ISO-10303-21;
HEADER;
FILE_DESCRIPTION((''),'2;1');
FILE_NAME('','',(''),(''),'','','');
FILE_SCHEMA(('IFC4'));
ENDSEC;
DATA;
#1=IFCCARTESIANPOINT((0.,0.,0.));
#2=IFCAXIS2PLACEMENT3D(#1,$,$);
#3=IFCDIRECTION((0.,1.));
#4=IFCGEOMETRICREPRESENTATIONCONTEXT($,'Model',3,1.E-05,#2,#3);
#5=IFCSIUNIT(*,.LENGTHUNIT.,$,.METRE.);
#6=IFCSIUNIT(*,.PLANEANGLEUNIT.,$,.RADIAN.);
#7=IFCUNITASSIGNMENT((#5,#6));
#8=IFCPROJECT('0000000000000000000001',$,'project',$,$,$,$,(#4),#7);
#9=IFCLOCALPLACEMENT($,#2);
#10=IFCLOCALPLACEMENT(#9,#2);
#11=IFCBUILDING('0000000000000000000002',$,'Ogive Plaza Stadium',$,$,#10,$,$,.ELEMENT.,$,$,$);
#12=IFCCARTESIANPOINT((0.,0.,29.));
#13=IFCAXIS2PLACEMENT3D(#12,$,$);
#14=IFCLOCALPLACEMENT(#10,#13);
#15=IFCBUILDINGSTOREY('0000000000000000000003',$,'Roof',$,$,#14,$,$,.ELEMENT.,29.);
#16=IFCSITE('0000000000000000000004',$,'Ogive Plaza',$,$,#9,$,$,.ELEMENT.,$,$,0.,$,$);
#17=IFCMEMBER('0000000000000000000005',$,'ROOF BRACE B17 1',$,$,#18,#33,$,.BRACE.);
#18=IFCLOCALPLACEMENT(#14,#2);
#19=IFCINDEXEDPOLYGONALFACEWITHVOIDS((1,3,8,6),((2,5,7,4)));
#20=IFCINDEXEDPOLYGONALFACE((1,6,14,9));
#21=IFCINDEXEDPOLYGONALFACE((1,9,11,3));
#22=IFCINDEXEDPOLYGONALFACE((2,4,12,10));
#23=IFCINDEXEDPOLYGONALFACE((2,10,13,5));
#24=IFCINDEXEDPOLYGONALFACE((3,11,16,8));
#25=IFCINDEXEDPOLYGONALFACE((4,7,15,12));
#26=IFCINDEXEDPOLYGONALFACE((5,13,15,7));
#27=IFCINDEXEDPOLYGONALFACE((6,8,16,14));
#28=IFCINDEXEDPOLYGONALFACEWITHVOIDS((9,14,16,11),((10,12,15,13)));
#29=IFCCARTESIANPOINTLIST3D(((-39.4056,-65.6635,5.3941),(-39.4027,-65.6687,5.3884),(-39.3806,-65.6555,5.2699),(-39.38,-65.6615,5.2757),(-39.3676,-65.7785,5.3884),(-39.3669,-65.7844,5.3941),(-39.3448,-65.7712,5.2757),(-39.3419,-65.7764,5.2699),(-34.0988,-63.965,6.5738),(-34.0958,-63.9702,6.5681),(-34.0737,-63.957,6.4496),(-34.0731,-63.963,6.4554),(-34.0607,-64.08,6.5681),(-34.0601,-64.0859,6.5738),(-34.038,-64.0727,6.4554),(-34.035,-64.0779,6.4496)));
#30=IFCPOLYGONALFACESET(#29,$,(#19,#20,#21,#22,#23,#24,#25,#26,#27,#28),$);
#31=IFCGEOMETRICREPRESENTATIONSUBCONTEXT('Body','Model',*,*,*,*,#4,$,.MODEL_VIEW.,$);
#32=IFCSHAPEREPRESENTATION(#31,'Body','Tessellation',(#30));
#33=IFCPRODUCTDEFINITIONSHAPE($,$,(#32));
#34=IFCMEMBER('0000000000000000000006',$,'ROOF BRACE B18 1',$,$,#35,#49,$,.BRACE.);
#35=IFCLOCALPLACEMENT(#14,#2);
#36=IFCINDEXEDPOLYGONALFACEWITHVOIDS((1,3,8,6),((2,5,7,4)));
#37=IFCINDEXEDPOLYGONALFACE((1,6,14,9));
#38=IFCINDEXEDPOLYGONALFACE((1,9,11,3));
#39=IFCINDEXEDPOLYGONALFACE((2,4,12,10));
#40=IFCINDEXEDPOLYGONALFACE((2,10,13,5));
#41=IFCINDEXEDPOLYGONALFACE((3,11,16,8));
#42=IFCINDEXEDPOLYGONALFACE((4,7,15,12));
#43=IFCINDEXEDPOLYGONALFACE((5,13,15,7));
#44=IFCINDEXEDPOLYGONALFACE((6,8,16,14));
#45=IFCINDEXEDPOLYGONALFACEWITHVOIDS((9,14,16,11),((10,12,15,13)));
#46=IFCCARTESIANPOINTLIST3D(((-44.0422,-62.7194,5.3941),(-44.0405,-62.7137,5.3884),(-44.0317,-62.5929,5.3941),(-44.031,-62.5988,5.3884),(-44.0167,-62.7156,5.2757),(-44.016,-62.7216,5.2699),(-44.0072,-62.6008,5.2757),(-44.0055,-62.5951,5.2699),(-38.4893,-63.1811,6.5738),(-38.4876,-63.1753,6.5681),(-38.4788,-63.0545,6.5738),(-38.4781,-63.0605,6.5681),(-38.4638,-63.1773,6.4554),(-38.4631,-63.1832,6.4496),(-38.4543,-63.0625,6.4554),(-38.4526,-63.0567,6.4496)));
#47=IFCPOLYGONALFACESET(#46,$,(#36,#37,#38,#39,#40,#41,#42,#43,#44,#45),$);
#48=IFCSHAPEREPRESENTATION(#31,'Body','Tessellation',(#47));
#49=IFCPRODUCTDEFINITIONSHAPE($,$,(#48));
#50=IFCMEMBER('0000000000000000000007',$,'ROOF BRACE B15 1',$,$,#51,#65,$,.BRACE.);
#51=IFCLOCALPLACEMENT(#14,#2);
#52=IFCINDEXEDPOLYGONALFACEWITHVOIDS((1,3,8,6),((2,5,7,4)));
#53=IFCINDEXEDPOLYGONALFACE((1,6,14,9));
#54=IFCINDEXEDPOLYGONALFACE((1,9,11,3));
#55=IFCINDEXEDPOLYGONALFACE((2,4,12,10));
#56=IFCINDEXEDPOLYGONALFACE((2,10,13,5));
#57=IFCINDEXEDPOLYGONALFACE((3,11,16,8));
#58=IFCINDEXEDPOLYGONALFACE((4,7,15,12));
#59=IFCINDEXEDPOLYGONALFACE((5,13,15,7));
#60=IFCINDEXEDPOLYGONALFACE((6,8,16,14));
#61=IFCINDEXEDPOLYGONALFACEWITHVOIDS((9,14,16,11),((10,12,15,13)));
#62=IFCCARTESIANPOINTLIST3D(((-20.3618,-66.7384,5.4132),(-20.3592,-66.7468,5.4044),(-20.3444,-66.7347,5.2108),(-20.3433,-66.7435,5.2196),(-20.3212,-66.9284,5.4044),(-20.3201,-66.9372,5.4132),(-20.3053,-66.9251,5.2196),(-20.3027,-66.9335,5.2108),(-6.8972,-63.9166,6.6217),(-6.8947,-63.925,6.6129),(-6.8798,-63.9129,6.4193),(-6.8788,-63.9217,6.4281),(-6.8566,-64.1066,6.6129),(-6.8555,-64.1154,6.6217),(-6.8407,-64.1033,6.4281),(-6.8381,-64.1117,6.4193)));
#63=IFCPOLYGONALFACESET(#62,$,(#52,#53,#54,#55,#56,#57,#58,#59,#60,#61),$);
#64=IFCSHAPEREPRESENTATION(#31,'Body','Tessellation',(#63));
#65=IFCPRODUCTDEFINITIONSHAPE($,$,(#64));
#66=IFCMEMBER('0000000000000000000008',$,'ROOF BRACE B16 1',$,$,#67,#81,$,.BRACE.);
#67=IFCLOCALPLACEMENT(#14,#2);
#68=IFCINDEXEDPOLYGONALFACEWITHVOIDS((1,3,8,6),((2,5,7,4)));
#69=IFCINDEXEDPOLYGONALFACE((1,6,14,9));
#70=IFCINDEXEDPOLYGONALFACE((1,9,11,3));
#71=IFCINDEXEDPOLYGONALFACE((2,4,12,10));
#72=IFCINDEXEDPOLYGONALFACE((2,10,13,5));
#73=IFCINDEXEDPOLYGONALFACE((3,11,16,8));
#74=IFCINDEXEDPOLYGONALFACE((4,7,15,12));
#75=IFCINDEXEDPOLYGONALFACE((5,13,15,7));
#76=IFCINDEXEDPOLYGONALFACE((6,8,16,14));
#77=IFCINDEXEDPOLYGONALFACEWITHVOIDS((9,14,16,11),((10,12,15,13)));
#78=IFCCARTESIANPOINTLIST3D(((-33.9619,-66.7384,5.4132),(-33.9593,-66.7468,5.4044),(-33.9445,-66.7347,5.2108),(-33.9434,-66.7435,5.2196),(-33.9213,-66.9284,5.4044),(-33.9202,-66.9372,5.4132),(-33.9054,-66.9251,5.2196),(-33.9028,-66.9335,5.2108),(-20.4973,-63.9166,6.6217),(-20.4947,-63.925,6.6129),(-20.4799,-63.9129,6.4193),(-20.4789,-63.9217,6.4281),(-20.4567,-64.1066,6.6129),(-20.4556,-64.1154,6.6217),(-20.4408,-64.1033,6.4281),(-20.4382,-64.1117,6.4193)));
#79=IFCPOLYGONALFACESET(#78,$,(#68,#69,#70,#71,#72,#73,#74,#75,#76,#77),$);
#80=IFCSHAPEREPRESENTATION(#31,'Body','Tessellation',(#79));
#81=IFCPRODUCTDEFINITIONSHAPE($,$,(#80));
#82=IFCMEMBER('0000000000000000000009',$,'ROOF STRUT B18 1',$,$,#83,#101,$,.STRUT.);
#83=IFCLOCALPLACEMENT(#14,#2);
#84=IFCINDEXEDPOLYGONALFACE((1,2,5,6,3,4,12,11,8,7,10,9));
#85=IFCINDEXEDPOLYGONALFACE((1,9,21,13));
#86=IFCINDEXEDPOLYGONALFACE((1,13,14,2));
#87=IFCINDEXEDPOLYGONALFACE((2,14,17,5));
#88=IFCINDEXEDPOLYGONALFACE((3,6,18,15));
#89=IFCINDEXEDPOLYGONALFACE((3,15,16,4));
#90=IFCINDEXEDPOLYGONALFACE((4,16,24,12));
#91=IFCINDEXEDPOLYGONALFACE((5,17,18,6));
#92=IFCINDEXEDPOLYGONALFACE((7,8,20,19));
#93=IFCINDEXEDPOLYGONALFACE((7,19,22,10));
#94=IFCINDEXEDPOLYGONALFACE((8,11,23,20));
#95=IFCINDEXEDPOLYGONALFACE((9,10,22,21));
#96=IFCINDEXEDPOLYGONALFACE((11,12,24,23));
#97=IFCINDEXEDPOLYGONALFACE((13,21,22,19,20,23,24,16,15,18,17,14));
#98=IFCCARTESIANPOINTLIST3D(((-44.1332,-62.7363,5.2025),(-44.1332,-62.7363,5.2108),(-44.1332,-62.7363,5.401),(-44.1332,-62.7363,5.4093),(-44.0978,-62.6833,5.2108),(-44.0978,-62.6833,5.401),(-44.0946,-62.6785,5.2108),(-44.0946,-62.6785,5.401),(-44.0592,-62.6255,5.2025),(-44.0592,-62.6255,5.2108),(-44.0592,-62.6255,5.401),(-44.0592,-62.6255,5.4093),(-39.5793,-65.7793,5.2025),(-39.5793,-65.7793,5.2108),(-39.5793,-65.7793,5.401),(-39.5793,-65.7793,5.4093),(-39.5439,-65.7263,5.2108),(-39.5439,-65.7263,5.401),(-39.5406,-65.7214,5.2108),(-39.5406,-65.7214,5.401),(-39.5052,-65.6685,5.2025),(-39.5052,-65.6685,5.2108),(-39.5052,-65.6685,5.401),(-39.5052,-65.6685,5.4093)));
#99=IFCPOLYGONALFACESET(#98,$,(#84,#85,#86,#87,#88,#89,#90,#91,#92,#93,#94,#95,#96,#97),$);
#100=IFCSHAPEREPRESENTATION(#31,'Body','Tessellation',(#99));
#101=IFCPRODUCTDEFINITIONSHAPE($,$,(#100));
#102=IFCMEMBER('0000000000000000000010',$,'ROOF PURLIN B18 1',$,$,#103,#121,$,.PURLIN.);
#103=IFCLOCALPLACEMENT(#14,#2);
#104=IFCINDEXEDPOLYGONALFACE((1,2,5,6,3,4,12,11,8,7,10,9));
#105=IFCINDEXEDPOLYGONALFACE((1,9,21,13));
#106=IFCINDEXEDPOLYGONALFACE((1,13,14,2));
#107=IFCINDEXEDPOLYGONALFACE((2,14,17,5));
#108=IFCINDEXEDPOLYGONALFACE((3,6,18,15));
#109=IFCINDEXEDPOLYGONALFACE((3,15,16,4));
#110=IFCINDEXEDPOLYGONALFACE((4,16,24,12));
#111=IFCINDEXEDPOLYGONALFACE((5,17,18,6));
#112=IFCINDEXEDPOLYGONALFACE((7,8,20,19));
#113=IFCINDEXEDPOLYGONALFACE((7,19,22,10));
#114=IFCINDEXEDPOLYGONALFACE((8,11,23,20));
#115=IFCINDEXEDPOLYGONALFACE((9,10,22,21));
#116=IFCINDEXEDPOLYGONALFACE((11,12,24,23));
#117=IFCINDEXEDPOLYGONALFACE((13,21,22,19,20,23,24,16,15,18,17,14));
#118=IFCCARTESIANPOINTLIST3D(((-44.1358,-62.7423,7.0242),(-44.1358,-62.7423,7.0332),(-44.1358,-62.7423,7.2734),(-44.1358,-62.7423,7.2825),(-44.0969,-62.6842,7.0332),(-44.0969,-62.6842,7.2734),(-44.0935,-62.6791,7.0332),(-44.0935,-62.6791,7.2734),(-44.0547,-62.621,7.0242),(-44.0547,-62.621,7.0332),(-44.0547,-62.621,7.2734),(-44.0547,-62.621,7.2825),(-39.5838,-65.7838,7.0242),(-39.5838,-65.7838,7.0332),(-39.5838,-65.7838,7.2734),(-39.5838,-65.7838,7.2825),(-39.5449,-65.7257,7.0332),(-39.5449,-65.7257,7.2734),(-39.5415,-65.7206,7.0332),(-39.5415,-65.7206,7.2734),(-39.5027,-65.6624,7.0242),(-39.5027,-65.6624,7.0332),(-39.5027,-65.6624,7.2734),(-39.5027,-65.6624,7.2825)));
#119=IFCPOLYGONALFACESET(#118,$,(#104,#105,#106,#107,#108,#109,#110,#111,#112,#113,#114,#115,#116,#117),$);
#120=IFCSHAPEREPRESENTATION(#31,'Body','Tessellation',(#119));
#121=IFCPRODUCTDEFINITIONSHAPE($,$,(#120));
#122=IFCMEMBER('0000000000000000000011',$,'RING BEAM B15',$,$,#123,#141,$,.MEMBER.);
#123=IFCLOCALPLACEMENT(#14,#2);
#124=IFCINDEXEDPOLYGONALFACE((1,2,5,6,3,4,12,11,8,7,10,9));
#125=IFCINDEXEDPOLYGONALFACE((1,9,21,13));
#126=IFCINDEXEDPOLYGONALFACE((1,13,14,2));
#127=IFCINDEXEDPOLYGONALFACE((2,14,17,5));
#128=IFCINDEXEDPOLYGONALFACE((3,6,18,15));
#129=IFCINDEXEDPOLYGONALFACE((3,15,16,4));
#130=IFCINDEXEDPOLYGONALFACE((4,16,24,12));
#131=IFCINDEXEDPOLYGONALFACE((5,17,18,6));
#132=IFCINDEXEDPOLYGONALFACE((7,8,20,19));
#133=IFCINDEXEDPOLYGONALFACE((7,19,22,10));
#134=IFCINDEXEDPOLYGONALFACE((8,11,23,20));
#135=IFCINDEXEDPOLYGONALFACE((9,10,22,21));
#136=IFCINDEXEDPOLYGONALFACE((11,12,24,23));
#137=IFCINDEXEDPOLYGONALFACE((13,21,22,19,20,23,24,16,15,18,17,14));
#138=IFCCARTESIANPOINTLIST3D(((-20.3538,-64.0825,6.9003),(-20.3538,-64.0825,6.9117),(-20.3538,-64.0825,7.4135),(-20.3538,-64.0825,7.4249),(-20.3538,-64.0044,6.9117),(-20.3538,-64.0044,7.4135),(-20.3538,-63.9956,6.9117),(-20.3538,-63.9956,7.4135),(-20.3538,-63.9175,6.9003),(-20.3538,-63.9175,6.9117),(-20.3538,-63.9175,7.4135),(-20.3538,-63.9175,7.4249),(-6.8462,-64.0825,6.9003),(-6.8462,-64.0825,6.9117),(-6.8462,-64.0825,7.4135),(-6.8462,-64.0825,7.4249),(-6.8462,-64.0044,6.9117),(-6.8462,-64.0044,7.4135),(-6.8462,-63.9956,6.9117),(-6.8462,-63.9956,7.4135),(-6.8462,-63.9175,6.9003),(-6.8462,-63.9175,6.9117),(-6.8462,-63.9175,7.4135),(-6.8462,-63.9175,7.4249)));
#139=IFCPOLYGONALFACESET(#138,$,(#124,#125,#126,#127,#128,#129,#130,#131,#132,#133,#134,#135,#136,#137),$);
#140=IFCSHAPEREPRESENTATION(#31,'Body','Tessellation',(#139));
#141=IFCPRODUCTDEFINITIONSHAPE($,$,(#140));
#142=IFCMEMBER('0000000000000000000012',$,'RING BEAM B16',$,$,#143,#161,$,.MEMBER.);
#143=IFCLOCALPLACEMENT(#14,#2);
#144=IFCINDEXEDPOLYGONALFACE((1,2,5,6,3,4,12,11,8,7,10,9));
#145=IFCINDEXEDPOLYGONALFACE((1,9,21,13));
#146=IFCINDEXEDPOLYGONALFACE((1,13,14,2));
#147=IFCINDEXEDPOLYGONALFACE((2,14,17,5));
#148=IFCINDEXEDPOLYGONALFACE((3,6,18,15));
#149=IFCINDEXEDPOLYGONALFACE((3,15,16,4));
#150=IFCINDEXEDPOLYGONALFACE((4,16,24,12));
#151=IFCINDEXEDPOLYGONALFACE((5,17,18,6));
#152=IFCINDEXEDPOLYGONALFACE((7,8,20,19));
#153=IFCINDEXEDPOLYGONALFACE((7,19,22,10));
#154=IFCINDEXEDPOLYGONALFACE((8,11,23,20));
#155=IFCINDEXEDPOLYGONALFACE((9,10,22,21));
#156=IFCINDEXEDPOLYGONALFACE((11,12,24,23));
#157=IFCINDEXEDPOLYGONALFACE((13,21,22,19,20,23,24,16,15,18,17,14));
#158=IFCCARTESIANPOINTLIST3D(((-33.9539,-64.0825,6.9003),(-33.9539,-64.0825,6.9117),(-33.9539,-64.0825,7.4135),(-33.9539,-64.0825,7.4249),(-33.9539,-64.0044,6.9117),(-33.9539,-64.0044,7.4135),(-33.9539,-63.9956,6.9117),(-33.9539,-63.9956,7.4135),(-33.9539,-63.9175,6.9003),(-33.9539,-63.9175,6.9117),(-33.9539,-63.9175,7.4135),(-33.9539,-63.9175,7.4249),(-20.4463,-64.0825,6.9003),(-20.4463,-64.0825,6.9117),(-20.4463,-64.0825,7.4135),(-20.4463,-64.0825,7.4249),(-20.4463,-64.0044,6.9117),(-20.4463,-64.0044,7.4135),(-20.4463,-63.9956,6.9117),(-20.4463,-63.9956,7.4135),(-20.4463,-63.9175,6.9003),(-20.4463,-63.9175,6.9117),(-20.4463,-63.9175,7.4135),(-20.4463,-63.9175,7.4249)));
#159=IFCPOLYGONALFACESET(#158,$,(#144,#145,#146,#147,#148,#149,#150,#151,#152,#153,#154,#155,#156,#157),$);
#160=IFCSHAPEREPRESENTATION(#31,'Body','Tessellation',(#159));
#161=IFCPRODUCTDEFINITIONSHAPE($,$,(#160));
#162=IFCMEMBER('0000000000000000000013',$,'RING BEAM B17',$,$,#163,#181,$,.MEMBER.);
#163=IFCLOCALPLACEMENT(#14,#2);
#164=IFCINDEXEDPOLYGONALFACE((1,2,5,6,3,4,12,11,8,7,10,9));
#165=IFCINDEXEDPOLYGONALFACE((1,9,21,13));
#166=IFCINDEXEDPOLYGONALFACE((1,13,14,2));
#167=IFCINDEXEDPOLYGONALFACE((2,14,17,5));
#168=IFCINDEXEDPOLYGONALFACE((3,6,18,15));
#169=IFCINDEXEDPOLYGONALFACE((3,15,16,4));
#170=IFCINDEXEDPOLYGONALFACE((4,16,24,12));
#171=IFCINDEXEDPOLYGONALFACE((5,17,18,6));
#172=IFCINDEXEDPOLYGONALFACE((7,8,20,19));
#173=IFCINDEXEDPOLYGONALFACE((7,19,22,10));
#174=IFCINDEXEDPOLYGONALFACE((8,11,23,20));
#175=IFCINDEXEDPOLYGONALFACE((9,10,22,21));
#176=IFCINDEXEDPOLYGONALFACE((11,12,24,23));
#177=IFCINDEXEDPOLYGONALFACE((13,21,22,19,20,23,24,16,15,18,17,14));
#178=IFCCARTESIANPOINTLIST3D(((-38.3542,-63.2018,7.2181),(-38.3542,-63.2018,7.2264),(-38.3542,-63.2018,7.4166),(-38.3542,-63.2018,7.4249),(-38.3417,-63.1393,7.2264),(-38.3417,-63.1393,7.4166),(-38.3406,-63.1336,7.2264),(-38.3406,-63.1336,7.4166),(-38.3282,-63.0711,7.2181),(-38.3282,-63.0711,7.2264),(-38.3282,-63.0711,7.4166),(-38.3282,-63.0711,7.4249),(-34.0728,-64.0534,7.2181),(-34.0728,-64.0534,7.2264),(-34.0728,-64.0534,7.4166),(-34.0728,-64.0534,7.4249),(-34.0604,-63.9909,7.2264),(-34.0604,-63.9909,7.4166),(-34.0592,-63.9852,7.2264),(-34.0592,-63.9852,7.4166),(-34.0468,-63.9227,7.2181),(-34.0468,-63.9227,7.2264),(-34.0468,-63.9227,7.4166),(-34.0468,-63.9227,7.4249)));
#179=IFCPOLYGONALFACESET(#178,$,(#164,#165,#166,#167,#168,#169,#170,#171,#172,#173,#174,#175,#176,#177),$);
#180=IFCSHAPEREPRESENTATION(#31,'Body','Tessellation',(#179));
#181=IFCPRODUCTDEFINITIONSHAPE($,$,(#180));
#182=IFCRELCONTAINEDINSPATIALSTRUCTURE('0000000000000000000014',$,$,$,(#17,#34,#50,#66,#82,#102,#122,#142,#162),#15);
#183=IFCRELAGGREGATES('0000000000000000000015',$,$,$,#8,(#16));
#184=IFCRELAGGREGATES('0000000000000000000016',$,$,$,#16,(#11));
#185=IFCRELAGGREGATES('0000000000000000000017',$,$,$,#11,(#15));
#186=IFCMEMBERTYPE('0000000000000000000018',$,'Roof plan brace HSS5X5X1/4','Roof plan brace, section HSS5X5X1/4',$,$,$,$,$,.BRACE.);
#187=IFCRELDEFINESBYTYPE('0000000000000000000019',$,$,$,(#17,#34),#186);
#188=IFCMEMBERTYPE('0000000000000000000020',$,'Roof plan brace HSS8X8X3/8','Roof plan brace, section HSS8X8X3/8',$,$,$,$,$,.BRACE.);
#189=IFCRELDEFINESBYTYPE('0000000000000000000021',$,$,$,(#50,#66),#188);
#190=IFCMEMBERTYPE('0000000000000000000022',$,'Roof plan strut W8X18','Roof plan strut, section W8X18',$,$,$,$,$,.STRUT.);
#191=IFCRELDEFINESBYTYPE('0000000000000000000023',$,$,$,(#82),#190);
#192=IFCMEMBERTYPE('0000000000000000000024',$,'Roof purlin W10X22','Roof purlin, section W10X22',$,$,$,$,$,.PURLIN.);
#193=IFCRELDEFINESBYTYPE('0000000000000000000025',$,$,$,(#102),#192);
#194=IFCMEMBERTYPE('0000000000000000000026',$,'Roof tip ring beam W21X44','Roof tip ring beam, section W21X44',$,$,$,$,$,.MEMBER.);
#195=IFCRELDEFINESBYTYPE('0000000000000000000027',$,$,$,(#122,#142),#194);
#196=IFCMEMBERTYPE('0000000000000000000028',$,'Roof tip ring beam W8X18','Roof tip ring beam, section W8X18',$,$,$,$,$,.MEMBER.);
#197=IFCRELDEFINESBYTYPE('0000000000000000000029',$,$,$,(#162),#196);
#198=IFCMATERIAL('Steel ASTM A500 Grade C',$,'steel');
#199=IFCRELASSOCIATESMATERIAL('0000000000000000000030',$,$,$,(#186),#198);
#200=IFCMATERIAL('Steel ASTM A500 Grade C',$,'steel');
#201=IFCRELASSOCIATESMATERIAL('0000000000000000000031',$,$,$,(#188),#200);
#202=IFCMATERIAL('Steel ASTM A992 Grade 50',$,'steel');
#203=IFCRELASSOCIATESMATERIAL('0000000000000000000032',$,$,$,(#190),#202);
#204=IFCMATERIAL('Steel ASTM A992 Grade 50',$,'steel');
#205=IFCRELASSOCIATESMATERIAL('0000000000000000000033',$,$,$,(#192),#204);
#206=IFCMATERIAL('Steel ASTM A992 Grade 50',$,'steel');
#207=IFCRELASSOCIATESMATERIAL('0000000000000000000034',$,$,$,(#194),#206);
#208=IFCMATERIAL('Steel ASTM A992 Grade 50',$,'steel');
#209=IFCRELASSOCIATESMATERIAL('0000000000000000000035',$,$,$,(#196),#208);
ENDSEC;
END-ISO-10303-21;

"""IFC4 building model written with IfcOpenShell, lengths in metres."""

from ifc_helpers import new_model, si_unit, direction, frame, origin, origin_2d, place, context, subcontext, project, spatial, hollow_rectangle, i_section, extrude, material, material_profile, profile_set, type_object, element, save


model = new_model("IFC4")

# Units and contexts
model_context = context("Model", 3, precision=1e-05, world=origin(), true_north=direction((0.0, 1.0)))
body_context = subcontext(model_context, "Body", "Model", "MODEL_VIEW")
ifc_project = project(units=[si_unit("LENGTHUNIT", "METRE"), si_unit("PLANEANGLEUNIT", "RADIAN")], contexts=[model_context])

# Site, building, storey
site_placement = place(None, origin())
site = spatial("IfcSite", under=ifc_project, at=site_placement, Name="Ogive Plaza", CompositionType="ELEMENT", RefElevation=0.0)
building_placement = place(site_placement, origin())
building = spatial("IfcBuilding", under=site, at=building_placement, Name="Ogive Plaza Stadium", CompositionType="ELEMENT")
storey_placement = place(building_placement, frame((0.0, 0.0, 29.0)))
storey = spatial("IfcBuildingStorey", under=building, at=storey_placement, Name="Roof", CompositionType="ELEMENT", Elevation=29.0)

# Members
ifc_material_1 = material(Name="Steel ASTM A500 Grade C", Category="steel")
ifc_material_profile_1 = material_profile(ifc_material_1, hollow_rectangle(XDim=0.127, YDim=0.127, WallThickness=0.0059, at=origin_2d()), Name="HSS5X5X1/4")
ifc_profile_set_1 = profile_set([ifc_material_profile_1], Name="Steel ASTM A500 Grade C")
member_type_1 = type_object("IfcMemberType", Name="Roof plan brace HSS5X5X1/4", Description="Roof plan brace, section HSS5X5X1/4", PredefinedType="BRACE", material=ifc_profile_set_1)
for number, where, z_axis, x_axis, name in (
    (1, (-34.0669, -64.0215, 6.5117), (-0.931756, -0.298212, -0.207124), (0.304822, -0.952409, 0.0), "ROOF BRACE B17 1"),
    (2, (-38.4709, -63.1189, 6.5117), (-0.974952, 0.081057, -0.207121), (-0.082853, -0.996562, 0.0), "ROOF BRACE B18 1"),
):
    element("IfcMember", number, at=place(storey_placement, frame(where, z_axis=z_axis, x_axis=x_axis)), inside=storey, type_object=member_type_1, Name=name, PredefinedType="BRACE", context=body_context, shape_type="SweptSolid", body=[
        extrude(hollow_rectangle(XDim=0.127, YDim=0.127, WallThickness=0.0059, at=origin_2d()), origin(), (0.0, 0.0, 1.0), 5.6956),
    ])
ifc_material_2 = material(Name="Steel ASTM A500 Grade C", Category="steel")
ifc_material_profile_2 = material_profile(ifc_material_2, hollow_rectangle(XDim=0.2031, YDim=0.2031, WallThickness=0.0088, at=origin_2d()), Name="HSS8X8X3/8")
ifc_profile_set_2 = profile_set([ifc_material_profile_2], Name="Steel ASTM A500 Grade C")
member_type_2 = type_object("IfcMemberType", Name="Roof plan brace HSS8X8X3/8", Description="Roof plan brace, section HSS8X8X3/8", PredefinedType="BRACE", material=ifc_profile_set_2)
for number, where, z_axis, x_axis, name in (
    (3, (-6.8677, -64.0142, 6.5205), (-0.974983, -0.204327, -0.087508), (0.205114, -0.978738, 0.0), "ROOF BRACE B15 1"),
    (4, (-20.4678, -64.0142, 6.5205), (-0.974983, -0.204327, -0.087508), (0.205114, -0.978738, 0.0), "ROOF BRACE B16 1"),
):
    element("IfcMember", number, at=place(storey_placement, frame(where, z_axis=z_axis, x_axis=x_axis)), inside=storey, type_object=member_type_2, Name=name, PredefinedType="BRACE", context=body_context, shape_type="SweptSolid", body=[
        extrude(hollow_rectangle(XDim=0.2031, YDim=0.2031, WallThickness=0.0088, at=origin_2d()), origin(), (0.0, 0.0, 1.0), 13.8101),
    ])
ifc_material_3 = material(Name="Steel ASTM A992 Grade 50", Category="steel")
ifc_material_profile_3 = material_profile(ifc_material_3, i_section(OverallWidth=0.1333, OverallDepth=0.2068, WebThickness=0.0059, FlangeThickness=0.0083, at=origin_2d()), Name="W8X18")
ifc_profile_set_3 = profile_set([ifc_material_profile_3], Name="Steel ASTM A992 Grade 50")
member_type_3 = type_object("IfcMemberType", Name="Roof plan strut W8X18", Description="Roof plan strut, section W8X18", PredefinedType="STRUT", material=ifc_profile_set_3)
member_1_placement = place(storey_placement, frame((-39.5422, -65.7239, 5.3059), z_axis=(-0.83146, 0.555585, 0.0), x_axis=(-0.555585, -0.83146, 0.0)))
element("IfcMember", 5, at=member_1_placement, inside=storey, type_object=member_type_3, Name="ROOF STRUT B18 1", PredefinedType="STRUT", context=body_context, shape_type="SweptSolid", body=[
    extrude(i_section(OverallWidth=0.1333, OverallDepth=0.2068, WebThickness=0.0059, FlangeThickness=0.0083, at=origin_2d()), origin(), (0.0, 0.0, 1.0), 5.4771),
])
ifc_material_4 = material(Name="Steel ASTM A992 Grade 50", Category="steel")
ifc_material_profile_4 = material_profile(ifc_material_4, i_section(OverallWidth=0.146, OverallDepth=0.2583, WebThickness=0.0061, FlangeThickness=0.009, at=origin_2d()), Name="W10X22")
ifc_profile_set_4 = profile_set([ifc_material_profile_4], Name="Steel ASTM A992 Grade 50")
member_type_4 = type_object("IfcMemberType", Name="Roof purlin W10X22", Description="Roof purlin, section W10X22", PredefinedType="PURLIN", material=ifc_profile_set_4)
member_2_placement = place(storey_placement, frame((-39.5432, -65.7231, 7.1533), z_axis=(-0.831474, 0.555564, 0.0), x_axis=(-0.555564, -0.831474, 0.0)))
element("IfcMember", 6, at=member_2_placement, inside=storey, type_object=member_type_4, Name="ROOF PURLIN B18 1", PredefinedType="PURLIN", context=body_context, shape_type="SweptSolid", body=[
    extrude(i_section(OverallWidth=0.146, OverallDepth=0.2583, WebThickness=0.0061, FlangeThickness=0.009, at=origin_2d()), origin(), (0.0, 0.0, 1.0), 5.4746),
])
ifc_material_5 = material(Name="Steel ASTM A992 Grade 50", Category="steel")
ifc_material_profile_5 = material_profile(ifc_material_5, i_section(OverallWidth=0.165, OverallDepth=0.5247, WebThickness=0.0088, FlangeThickness=0.0115, at=origin_2d()), Name="W21X44")
ifc_profile_set_5 = profile_set([ifc_material_profile_5], Name="Steel ASTM A992 Grade 50")
member_type_5 = type_object("IfcMemberType", Name="Roof tip ring beam W21X44", Description="Roof tip ring beam, section W21X44", PredefinedType="MEMBER", material=ifc_profile_set_5)
for number, where, z_axis, x_axis, name in (
    (7, (-6.8462, -64.0, 7.1626), (-1.0, 0.0, 0.0), (0.0, -1.0, 0.0), "RING BEAM B15"),
    (8, (-20.4463, -64.0, 7.1626), (-1.0, 0.0, 0.0), (0.0, -1.0, 0.0), "RING BEAM B16"),
):
    element("IfcMember", number, at=place(storey_placement, frame(where, z_axis=z_axis, x_axis=x_axis)), inside=storey, type_object=member_type_5, Name=name, PredefinedType="MEMBER", context=body_context, shape_type="SweptSolid", body=[
        extrude(i_section(OverallWidth=0.165, OverallDepth=0.5247, WebThickness=0.0088, FlangeThickness=0.0115, at=origin_2d()), origin(), (0.0, 0.0, 1.0), 13.5076),
    ])
ifc_material_6 = material(Name="Steel ASTM A992 Grade 50", Category="steel")
ifc_material_profile_6 = material_profile(ifc_material_6, i_section(OverallWidth=0.1333, OverallDepth=0.2068, WebThickness=0.0059, FlangeThickness=0.0083, at=origin_2d()), Name="W8X18")
ifc_profile_set_6 = profile_set([ifc_material_profile_6], Name="Steel ASTM A992 Grade 50")
member_type_6 = type_object("IfcMemberType", Name="Roof tip ring beam W8X18", Description="Roof tip ring beam, section W8X18", PredefinedType="MEMBER", material=ifc_profile_set_6)
for number, where, z_axis, x_axis, name in (
    (9, (-34.0598, -63.988, 7.3215), (-0.980787, 0.195083, 0.0), (-0.195083, -0.980787, 0.0), "RING BEAM B17"),
):
    element("IfcMember", number, at=place(storey_placement, frame(where, z_axis=z_axis, x_axis=x_axis)), inside=storey, type_object=member_type_6, Name=name, PredefinedType="MEMBER", context=body_context, shape_type="SweptSolid", body=[
        extrude(i_section(OverallWidth=0.1333, OverallDepth=0.2068, WebThickness=0.0059, FlangeThickness=0.0083, at=origin_2d()), origin(), (0.0, 0.0, 1.0), 4.3652),
    ])

save(model, "model.ifc")
